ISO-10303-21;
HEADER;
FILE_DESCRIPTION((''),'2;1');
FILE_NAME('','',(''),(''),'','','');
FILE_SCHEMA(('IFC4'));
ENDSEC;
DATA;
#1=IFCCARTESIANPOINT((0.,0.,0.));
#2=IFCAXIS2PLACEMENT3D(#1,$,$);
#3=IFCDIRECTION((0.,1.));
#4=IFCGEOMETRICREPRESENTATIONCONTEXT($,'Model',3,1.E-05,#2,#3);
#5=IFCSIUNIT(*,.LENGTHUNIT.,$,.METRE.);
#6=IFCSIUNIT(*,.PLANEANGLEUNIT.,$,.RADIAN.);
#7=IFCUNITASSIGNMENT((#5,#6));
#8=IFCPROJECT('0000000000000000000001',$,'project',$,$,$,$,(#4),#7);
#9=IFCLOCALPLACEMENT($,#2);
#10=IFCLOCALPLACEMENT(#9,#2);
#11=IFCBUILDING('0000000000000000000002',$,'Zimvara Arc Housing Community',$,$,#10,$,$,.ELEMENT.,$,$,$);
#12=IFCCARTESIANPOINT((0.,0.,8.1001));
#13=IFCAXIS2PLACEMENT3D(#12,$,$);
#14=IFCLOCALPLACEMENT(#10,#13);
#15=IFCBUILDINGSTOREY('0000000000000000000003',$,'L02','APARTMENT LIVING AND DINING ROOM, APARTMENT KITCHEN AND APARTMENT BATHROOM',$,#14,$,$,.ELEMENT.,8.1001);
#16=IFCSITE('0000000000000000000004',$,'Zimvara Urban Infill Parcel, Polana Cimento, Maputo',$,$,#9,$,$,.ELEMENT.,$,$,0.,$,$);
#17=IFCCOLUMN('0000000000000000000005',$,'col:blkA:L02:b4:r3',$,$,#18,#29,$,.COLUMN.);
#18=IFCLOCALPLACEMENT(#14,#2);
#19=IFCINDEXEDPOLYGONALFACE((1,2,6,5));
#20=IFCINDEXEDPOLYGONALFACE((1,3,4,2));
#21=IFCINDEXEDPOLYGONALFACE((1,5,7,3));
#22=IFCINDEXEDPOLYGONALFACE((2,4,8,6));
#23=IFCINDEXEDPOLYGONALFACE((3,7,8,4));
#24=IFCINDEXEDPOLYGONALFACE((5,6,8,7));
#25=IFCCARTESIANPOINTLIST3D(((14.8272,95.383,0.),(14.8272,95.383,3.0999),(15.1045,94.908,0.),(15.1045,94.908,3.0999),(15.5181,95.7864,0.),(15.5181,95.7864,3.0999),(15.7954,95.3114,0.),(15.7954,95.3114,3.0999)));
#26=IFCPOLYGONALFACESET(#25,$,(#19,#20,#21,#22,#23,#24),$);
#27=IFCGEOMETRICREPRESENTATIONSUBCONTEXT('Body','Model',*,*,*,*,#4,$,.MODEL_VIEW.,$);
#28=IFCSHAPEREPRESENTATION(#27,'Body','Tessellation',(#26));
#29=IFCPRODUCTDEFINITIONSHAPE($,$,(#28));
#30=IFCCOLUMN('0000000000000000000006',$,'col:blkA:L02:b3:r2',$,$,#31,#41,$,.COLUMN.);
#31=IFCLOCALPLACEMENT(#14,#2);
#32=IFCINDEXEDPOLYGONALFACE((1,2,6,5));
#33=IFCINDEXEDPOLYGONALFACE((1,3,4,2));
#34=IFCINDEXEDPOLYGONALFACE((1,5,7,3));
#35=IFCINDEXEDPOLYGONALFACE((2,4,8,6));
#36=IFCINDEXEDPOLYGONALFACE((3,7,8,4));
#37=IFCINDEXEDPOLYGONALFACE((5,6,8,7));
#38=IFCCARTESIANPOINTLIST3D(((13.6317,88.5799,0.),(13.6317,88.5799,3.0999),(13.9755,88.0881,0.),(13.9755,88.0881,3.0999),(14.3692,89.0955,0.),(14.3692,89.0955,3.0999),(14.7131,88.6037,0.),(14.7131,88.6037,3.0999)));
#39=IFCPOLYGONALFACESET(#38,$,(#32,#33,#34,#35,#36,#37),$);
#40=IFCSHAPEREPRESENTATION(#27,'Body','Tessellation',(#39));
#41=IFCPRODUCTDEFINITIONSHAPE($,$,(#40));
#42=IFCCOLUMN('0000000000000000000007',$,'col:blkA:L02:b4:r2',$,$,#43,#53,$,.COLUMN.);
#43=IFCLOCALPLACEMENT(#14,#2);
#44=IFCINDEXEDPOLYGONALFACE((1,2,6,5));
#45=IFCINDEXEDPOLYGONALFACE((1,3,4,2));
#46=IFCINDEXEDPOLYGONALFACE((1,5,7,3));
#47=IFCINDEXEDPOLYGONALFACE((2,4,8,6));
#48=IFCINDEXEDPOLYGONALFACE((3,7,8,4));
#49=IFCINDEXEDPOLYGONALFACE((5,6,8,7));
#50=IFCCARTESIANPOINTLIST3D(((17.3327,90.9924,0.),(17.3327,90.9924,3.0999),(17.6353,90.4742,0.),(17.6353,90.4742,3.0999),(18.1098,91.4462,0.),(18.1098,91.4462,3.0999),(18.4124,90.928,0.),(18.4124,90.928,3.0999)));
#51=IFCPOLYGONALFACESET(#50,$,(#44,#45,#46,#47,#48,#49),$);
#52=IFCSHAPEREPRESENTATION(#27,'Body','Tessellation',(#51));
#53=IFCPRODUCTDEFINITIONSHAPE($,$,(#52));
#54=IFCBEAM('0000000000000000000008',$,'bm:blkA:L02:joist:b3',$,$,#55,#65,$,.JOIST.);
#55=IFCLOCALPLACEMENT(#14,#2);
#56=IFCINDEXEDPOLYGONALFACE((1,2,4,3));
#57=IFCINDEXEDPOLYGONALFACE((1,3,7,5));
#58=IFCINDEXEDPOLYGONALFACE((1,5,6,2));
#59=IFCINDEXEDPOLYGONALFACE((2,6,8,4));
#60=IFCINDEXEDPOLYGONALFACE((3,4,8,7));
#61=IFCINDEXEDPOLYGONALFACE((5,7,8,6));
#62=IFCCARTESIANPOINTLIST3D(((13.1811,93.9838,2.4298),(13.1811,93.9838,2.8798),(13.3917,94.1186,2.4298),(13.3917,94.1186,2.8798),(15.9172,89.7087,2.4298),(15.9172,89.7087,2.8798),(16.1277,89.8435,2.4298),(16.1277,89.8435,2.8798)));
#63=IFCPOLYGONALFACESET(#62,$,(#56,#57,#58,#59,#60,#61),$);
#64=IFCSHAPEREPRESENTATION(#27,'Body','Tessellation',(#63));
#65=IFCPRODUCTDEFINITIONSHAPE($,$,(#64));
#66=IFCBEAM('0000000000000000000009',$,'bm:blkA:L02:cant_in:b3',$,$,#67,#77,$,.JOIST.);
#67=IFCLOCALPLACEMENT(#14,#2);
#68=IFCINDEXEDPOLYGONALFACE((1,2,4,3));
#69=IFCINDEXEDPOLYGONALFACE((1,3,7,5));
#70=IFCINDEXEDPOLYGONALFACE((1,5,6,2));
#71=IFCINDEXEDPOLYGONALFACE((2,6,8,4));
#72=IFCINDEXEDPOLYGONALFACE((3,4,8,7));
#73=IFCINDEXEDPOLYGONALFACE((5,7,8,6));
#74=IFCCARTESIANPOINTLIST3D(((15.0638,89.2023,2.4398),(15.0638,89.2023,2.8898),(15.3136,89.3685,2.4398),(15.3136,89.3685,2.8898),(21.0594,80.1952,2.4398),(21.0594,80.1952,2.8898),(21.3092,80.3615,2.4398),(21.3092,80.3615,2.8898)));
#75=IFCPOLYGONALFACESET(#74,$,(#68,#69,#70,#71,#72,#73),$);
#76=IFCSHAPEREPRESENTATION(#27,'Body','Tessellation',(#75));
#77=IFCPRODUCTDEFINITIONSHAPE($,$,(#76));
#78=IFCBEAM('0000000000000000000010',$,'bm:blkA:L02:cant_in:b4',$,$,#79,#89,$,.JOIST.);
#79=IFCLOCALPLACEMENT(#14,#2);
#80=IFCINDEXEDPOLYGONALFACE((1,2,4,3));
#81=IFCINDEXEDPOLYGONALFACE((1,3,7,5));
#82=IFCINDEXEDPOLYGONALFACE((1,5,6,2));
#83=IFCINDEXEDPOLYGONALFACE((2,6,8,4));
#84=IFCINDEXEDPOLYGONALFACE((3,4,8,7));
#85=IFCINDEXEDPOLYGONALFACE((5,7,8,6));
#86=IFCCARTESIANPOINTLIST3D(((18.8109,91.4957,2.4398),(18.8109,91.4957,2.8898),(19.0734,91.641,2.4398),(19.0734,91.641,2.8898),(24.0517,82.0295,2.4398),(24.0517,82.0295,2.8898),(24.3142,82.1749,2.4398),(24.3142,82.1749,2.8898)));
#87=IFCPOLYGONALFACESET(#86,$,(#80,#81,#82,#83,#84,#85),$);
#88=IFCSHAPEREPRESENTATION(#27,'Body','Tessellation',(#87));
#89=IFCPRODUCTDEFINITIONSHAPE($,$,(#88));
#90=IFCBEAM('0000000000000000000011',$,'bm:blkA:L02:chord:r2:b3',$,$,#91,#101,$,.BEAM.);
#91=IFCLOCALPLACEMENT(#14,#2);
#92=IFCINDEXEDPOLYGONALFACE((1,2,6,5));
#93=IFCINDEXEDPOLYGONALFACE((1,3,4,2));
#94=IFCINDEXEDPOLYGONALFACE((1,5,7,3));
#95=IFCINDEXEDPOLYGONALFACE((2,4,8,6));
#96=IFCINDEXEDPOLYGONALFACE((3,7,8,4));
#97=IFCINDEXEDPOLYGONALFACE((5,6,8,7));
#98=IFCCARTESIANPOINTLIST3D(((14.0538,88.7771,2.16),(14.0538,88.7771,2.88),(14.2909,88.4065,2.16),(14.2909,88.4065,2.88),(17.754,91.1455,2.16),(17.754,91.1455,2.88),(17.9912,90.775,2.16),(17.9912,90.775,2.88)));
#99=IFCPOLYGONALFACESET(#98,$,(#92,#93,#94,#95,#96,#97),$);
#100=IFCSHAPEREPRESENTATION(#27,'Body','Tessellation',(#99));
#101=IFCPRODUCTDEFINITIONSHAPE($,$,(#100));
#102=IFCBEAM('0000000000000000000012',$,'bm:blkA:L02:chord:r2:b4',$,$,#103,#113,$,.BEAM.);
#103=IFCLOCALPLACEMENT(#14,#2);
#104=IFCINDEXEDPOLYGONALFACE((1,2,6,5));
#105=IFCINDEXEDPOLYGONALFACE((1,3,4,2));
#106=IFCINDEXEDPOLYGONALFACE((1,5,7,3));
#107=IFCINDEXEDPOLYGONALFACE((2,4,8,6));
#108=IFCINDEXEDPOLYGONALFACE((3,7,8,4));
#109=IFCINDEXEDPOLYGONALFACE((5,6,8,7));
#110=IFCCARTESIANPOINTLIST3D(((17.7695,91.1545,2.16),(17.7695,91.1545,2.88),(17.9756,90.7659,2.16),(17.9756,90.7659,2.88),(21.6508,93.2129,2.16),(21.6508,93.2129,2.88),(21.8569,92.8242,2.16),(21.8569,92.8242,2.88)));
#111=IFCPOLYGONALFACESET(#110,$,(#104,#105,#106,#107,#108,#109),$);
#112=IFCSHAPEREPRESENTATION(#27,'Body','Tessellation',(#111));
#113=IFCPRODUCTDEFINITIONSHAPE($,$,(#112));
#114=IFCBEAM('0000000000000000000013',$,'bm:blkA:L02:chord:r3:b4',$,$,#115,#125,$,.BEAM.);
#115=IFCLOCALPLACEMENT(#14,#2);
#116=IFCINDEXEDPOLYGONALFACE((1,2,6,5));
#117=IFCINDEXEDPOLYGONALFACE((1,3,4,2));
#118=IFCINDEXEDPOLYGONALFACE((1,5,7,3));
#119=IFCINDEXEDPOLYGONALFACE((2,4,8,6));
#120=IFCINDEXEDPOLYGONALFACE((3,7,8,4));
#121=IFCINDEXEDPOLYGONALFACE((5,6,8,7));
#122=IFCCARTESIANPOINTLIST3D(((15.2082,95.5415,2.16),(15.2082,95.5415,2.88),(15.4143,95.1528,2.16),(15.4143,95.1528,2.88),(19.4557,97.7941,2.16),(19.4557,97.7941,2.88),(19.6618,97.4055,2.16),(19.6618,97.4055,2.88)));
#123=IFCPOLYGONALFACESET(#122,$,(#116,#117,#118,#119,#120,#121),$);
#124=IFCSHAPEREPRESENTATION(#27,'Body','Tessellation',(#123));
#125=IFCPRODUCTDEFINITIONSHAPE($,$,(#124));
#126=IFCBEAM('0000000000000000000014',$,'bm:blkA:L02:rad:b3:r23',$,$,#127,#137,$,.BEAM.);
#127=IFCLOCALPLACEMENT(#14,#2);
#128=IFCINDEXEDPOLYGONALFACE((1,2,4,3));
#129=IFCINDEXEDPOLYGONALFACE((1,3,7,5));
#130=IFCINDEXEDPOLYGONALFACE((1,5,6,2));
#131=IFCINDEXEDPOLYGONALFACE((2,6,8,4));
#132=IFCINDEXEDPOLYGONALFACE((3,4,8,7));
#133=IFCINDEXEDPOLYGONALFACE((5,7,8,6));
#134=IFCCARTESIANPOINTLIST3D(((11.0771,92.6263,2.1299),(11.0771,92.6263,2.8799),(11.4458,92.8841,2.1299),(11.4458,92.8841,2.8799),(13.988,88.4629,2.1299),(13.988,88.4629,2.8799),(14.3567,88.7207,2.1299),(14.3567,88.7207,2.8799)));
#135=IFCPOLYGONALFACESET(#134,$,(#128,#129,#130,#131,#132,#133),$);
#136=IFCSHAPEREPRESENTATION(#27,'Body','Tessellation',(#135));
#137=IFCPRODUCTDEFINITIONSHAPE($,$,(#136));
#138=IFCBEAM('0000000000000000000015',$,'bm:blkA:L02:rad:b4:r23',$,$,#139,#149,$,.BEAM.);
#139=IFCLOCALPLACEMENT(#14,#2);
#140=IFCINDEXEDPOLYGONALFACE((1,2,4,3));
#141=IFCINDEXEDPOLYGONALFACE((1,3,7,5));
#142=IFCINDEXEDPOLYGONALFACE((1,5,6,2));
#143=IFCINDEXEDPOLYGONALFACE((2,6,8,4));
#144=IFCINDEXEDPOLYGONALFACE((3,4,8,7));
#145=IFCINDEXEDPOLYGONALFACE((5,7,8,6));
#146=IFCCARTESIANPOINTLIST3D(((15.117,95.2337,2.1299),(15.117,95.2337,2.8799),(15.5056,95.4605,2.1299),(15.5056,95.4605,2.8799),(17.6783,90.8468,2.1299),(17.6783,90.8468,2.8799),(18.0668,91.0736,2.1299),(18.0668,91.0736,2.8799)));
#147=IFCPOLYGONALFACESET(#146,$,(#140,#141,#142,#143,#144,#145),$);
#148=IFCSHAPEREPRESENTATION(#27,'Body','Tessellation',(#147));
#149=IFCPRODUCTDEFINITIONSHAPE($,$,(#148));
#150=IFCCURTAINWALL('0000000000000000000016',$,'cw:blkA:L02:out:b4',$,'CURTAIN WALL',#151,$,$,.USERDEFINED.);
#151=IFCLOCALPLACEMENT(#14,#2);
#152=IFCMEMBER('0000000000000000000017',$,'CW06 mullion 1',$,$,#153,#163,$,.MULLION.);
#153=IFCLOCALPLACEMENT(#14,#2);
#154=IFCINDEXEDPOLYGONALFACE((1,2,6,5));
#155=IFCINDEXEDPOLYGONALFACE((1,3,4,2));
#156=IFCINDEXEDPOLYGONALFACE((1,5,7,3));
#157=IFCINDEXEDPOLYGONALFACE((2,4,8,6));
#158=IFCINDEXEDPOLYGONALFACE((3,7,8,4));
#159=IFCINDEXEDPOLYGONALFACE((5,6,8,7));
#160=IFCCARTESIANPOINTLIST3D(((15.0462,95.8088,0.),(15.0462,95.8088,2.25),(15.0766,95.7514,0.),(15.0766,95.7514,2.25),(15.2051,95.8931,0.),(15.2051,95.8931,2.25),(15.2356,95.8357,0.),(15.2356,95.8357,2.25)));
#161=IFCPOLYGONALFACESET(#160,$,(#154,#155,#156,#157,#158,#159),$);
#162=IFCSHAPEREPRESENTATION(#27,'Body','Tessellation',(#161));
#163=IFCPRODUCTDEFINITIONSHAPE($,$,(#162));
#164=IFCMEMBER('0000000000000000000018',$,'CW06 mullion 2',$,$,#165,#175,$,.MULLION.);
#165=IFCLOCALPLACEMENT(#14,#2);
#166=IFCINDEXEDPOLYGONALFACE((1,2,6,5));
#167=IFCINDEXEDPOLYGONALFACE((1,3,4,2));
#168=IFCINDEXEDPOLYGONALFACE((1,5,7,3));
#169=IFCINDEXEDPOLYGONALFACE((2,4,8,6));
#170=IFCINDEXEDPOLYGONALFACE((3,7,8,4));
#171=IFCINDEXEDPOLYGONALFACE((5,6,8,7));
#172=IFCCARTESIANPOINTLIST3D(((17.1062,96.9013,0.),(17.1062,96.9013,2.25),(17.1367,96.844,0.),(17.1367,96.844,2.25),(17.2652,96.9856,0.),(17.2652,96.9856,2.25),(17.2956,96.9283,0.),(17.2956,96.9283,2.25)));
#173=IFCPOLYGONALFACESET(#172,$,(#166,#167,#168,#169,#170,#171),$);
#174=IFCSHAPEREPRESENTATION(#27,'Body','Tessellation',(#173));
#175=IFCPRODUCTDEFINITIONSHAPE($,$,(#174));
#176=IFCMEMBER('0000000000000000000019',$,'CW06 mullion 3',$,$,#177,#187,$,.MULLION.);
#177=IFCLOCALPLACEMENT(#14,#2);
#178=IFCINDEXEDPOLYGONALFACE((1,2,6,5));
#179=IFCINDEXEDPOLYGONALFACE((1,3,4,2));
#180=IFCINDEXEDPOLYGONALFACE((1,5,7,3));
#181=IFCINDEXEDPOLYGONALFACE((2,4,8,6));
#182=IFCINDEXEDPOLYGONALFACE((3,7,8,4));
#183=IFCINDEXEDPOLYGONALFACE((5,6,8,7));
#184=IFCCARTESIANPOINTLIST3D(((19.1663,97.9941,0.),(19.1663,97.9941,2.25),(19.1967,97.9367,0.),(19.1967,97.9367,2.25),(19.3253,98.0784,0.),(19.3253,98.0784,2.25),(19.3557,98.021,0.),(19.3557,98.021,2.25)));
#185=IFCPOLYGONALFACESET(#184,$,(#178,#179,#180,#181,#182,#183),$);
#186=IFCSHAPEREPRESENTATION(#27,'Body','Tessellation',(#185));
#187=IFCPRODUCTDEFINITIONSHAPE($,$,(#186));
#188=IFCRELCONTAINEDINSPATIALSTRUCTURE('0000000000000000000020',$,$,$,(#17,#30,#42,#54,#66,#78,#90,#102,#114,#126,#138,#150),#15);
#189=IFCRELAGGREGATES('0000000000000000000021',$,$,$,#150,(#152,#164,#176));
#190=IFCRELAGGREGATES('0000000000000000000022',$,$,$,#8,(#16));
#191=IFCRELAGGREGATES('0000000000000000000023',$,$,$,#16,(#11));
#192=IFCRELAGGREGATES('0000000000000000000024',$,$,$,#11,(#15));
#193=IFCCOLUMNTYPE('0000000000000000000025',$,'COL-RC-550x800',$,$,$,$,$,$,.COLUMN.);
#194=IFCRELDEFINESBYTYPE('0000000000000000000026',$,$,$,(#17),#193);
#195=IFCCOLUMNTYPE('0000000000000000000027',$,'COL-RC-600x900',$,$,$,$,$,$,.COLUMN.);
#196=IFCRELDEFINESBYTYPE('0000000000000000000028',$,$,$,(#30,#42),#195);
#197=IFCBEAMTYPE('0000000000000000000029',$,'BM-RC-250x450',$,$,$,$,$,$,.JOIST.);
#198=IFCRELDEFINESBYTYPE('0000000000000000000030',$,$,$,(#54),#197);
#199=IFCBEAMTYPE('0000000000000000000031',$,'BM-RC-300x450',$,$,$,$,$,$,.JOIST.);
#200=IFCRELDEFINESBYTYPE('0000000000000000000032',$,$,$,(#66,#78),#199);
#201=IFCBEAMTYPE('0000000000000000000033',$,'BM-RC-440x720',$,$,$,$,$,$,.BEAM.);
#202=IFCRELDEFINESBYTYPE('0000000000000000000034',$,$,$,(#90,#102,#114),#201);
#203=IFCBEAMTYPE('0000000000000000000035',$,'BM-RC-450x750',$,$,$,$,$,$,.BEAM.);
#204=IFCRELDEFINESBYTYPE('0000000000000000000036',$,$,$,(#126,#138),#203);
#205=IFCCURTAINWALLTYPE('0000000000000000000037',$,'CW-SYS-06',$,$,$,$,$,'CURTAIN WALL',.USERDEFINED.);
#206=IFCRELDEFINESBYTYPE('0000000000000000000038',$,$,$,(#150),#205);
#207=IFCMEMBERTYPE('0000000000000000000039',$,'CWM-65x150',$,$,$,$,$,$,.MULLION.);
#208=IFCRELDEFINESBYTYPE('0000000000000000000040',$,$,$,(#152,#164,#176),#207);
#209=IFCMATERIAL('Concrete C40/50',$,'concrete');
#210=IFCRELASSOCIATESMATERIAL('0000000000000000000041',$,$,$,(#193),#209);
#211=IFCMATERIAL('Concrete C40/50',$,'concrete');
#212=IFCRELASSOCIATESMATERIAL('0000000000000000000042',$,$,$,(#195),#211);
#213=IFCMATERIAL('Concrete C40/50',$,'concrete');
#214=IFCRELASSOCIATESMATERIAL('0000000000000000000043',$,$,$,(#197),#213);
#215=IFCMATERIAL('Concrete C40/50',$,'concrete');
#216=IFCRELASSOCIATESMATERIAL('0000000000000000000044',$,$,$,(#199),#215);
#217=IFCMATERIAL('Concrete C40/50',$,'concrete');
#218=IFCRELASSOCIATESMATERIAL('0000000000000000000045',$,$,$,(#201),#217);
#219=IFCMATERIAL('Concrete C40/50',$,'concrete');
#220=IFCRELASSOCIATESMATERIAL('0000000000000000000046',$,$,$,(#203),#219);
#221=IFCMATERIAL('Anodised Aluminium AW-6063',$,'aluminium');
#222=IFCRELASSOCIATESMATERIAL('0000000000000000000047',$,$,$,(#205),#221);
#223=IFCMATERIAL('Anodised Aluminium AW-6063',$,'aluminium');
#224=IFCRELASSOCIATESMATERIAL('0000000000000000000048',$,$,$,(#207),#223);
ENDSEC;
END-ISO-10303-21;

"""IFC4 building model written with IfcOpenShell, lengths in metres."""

from ifc_helpers import new_model, si_unit, direction, frame, origin, origin_2d, place, context, subcontext, project, spatial, rectangle, extrude, material, material_profile, profile_set, type_object, element, aggregate, save


model = new_model("IFC4")

# Units and contexts
model_context = context("Model", 3, precision=1e-05, world=origin(), true_north=direction((0.0, 1.0)))
body_context = subcontext(model_context, "Body", "Model", "MODEL_VIEW")
ifc_project = project(units=[si_unit("LENGTHUNIT", "METRE"), si_unit("PLANEANGLEUNIT", "RADIAN")], contexts=[model_context])

# Site, building, storey
site_placement = place(None, origin())
site = spatial("IfcSite", under=ifc_project, at=site_placement, Name="Zimvara Urban Infill Parcel, Polana Cimento, Maputo", CompositionType="ELEMENT", RefElevation=0.0)
building_placement = place(site_placement, origin())
building = spatial("IfcBuilding", under=site, at=building_placement, Name="Zimvara Arc Housing Community", CompositionType="ELEMENT")
storey_placement = place(building_placement, frame((0.0, 0.0, 8.1001)))
storey = spatial("IfcBuildingStorey", under=building, at=storey_placement, Name="L02", Description="APARTMENT LIVING AND DINING ROOM, APARTMENT KITCHEN AND APARTMENT BATHROOM", CompositionType="ELEMENT", Elevation=8.1001)

# Columns
ifc_material_1 = material(Name="Concrete C40/50", Category="concrete")
ifc_material_profile_1 = material_profile(ifc_material_1, rectangle(XDim=0.55, YDim=0.8, at=origin_2d()), Name="RC 550x800")
ifc_profile_set_1 = profile_set([ifc_material_profile_1], Name="Concrete C40/50")
column_type_1 = type_object("IfcColumnType", Name="COL-RC-550x800", PredefinedType="COLUMN", material=ifc_profile_set_1)
column_placement = place(storey_placement, frame((15.3113, 95.3472, 0.0), z_axis=(0.0, 0.0, 1.0), x_axis=(-0.504226, 0.863572, 0.0)))
element("IfcColumn", 1, at=column_placement, inside=storey, type_object=column_type_1, Name="col:blkA:L02:b4:r3", PredefinedType="COLUMN", context=body_context, shape_type="SweptSolid", body=[
    extrude(rectangle(XDim=0.55, YDim=0.8, at=origin_2d()), origin(), (0.0, 0.0, 1.0), 3.0999),
])
ifc_material_2 = material(Name="Concrete C40/50", Category="concrete")
ifc_material_profile_2 = material_profile(ifc_material_2, rectangle(XDim=0.6001, YDim=0.8999, at=origin_2d()), Name="RC 600x900")
ifc_profile_set_2 = profile_set([ifc_material_profile_2], Name="Concrete C40/50")
column_type_2 = type_object("IfcColumnType", Name="COL-RC-600x900", PredefinedType="COLUMN", material=ifc_profile_set_2)
for number, where, z_axis, x_axis, name in (
    (2, (14.1724, 88.5918, 0.0), (0.0, 0.0, 1.0), (-0.573004, 0.819552, 0.0), "col:blkA:L02:b3:r2"),
    (3, (17.8726, 90.9602, 0.0), (0.0, 0.0, 1.0), (-0.504226, 0.863572, 0.0), "col:blkA:L02:b4:r2"),
):
    element("IfcColumn", number, at=place(storey_placement, frame(where, z_axis=z_axis, x_axis=x_axis)), inside=storey, type_object=column_type_2, Name=name, PredefinedType="COLUMN", context=body_context, shape_type="SweptSolid", body=[
        extrude(rectangle(XDim=0.6001, YDim=0.8999, at=origin_2d()), origin(), (0.0, 0.0, 1.0), 3.0999),
    ])

# Beams
ifc_material_3 = material(Name="Concrete C40/50", Category="concrete")
ifc_material_profile_3 = material_profile(ifc_material_3, rectangle(XDim=0.25, YDim=0.45, at=origin_2d()), Name="RC 250x450")
ifc_profile_set_3 = profile_set([ifc_material_profile_3], Name="Concrete C40/50")
beam_type_1 = type_object("IfcBeamType", Name="BM-RC-250x450", PredefinedType="JOIST", material=ifc_profile_set_3)
beam_1_placement = place(storey_placement, frame((16.0225, 89.7761, 2.6548), z_axis=(-0.539052, 0.842272, 0.0), x_axis=(-0.842272, -0.539052, 0.0)))
element("IfcBeam", 4, at=beam_1_placement, inside=storey, type_object=beam_type_1, Name="bm:blkA:L02:joist:b3", PredefinedType="JOIST", context=body_context, shape_type="SweptSolid", body=[
    extrude(rectangle(XDim=0.25, YDim=0.45, at=origin_2d()), origin(), (0.0, 0.0, 1.0), 5.0757),
])
ifc_material_4 = material(Name="Concrete C40/50", Category="concrete")
ifc_material_profile_4 = material_profile(ifc_material_4, rectangle(XDim=0.3, YDim=0.45, at=origin_2d()), Name="RC 300x450")
ifc_profile_set_4 = profile_set([ifc_material_profile_4], Name="Concrete C40/50")
beam_type_2 = type_object("IfcBeamType", Name="BM-RC-300x450", PredefinedType="JOIST", material=ifc_profile_set_4)
for number, where, z_axis, x_axis, name in (
    (5, (15.1887, 89.2854, 2.6648), (0.554117, -0.832439, 0.0), (0.832439, 0.554117, 0.0), "bm:blkA:L02:cant_in:b3"),
    (6, (18.9421, 91.5684, 2.6648), (0.484357, -0.87487, 0.0), (0.87487, 0.484357, 0.0), "bm:blkA:L02:cant_in:b4"),
):
    element("IfcBeam", number, at=place(storey_placement, frame(where, z_axis=z_axis, x_axis=x_axis)), inside=storey, type_object=beam_type_2, Name=name, PredefinedType="JOIST", context=body_context, shape_type="SweptSolid", body=[
        extrude(rectangle(XDim=0.3, YDim=0.45, at=origin_2d()), origin(), (0.0, 0.0, 1.0), 10.8201),
    ])
ifc_material_5 = material(Name="Concrete C40/50", Category="concrete")
ifc_material_profile_5 = material_profile(ifc_material_5, rectangle(XDim=0.4399, YDim=0.72, at=origin_2d()), Name="RC 440x720")
ifc_profile_set_5 = profile_set([ifc_material_profile_5], Name="Concrete C40/50")
beam_type_3 = type_object("IfcBeamType", Name="BM-RC-440x720", PredefinedType="BEAM", material=ifc_profile_set_5)
for number, where, z_axis, x_axis, name in (
    (7, (14.1724, 88.5918, 2.52), (0.842242, 0.539099, 0.0), (-0.539099, 0.842242, 0.0), "bm:blkA:L02:chord:r2:b3"),
    (8, (17.8726, 90.9602, 2.52), (0.883457, 0.468513, 0.0), (-0.468513, 0.883457, 0.0), "bm:blkA:L02:chord:r2:b4"),
):
    element("IfcBeam", number, at=place(storey_placement, frame(where, z_axis=z_axis, x_axis=x_axis)), inside=storey, type_object=beam_type_3, Name=name, PredefinedType="BEAM", context=body_context, shape_type="SweptSolid", body=[
        extrude(rectangle(XDim=0.4399, YDim=0.72, at=origin_2d()), origin(), (0.0, 0.0, 1.0), 4.3933),
    ])
beam_2_placement = place(storey_placement, frame((15.3113, 95.3472, 2.52), z_axis=(0.883446, 0.468534, 0.0), x_axis=(-0.468534, 0.883446, 0.0)))
element("IfcBeam", 9, at=beam_2_placement, inside=storey, type_object=beam_type_3, Name="bm:blkA:L02:chord:r3:b4", PredefinedType="BEAM", context=body_context, shape_type="SweptSolid", body=[
    extrude(rectangle(XDim=0.4399, YDim=0.72, at=origin_2d()), origin(), (0.0, 0.0, 1.0), 4.8079),
])
ifc_material_6 = material(Name="Concrete C40/50", Category="concrete")
ifc_material_profile_6 = material_profile(ifc_material_6, rectangle(XDim=0.45, YDim=0.75, at=origin_2d()), Name="RC 450x750")
ifc_profile_set_6 = profile_set([ifc_material_profile_6], Name="Concrete C40/50")
beam_type_4 = type_object("IfcBeamType", Name="BM-RC-450x750", PredefinedType="BEAM", material=ifc_profile_set_6)
beam_3_placement = place(storey_placement, frame((14.1724, 88.5918, 2.5049), z_axis=(-0.573007, 0.81955, 0.0), x_axis=(-0.81955, -0.573007, 0.0)))
element("IfcBeam", 10, at=beam_3_placement, inside=storey, type_object=beam_type_4, Name="bm:blkA:L02:rad:b3:r23", PredefinedType="BEAM", context=body_context, shape_type="SweptSolid", body=[
    extrude(rectangle(XDim=0.45, YDim=0.75, at=origin_2d()), origin(), (0.0, 0.0, 1.0), 5.0801),
])
beam_4_placement = place(storey_placement, frame((17.8726, 90.9602, 2.5049), z_axis=(-0.504197, 0.863589, 0.0), x_axis=(-0.863589, -0.504197, 0.0)))
element("IfcBeam", 11, at=beam_4_placement, inside=storey, type_object=beam_type_4, Name="bm:blkA:L02:rad:b4:r23", PredefinedType="BEAM", context=body_context, shape_type="SweptSolid", body=[
    extrude(rectangle(XDim=0.45, YDim=0.75, at=origin_2d()), origin(), (0.0, 0.0, 1.0), 5.0798),
])

# Curtain wall, members
ifc_material_7 = material(Name="Anodised Aluminium AW-6063", Category="aluminium")
curtain_wall_type = type_object("IfcCurtainWallType", Name="CW-SYS-06", ElementType="CURTAIN WALL", PredefinedType="USERDEFINED", material=ifc_material_7)
curtain_wall_placement = place(storey_placement, origin())
curtain_wall = element("IfcCurtainWall", 12, at=curtain_wall_placement, inside=storey, type_object=curtain_wall_type, Name="cw:blkA:L02:out:b4", ObjectType="CURTAIN WALL", PredefinedType="USERDEFINED")
ifc_material_8 = material(Name="Anodised Aluminium AW-6063", Category="aluminium")
ifc_material_profile_7 = material_profile(ifc_material_8, rectangle(XDim=0.0649, YDim=0.1799, at=origin_2d()), Name="ALU 65x180")
ifc_profile_set_7 = profile_set([ifc_material_profile_7], Name="Anodised Aluminium AW-6063")
member_type_1 = type_object("IfcMemberType", Name="CWM-65x150", PredefinedType="MULLION", material=ifc_profile_set_7)
member_1_placement = place(storey_placement, frame((15.1409, 95.8223, 0.0), z_axis=(0.0, 0.0, 1.0), x_axis=(-0.468547, 0.883439, 0.0)))
member_1 = element("IfcMember", 13, at=member_1_placement, type_object=member_type_1, Name="CW06 mullion 1", PredefinedType="MULLION", context=body_context, shape_type="SweptSolid", body=[
    extrude(rectangle(XDim=0.0649, YDim=0.1799, at=origin_2d()), origin(), (0.0, 0.0, 1.0), 2.25),
])
member_2_placement = place(storey_placement, frame((17.2009, 96.9148, 0.0), z_axis=(0.0, 0.0, 1.0), x_axis=(-0.468547, 0.883439, 0.0)))
member_2 = element("IfcMember", 14, at=member_2_placement, type_object=member_type_1, Name="CW06 mullion 2", PredefinedType="MULLION", context=body_context, shape_type="SweptSolid", body=[
    extrude(rectangle(XDim=0.0649, YDim=0.1799, at=origin_2d()), origin(), (0.0, 0.0, 1.0), 2.25),
])
member_3_placement = place(storey_placement, frame((19.261, 98.0076, 0.0), z_axis=(0.0, 0.0, 1.0), x_axis=(-0.468547, 0.883439, 0.0)))
member_3 = element("IfcMember", 15, at=member_3_placement, type_object=member_type_1, Name="CW06 mullion 3", PredefinedType="MULLION", context=body_context, shape_type="SweptSolid", body=[
    extrude(rectangle(XDim=0.0649, YDim=0.1799, at=origin_2d()), origin(), (0.0, 0.0, 1.0), 2.25),
])
aggregate(curtain_wall, [member_1, member_2, member_3])

save(model, "model.ifc")
